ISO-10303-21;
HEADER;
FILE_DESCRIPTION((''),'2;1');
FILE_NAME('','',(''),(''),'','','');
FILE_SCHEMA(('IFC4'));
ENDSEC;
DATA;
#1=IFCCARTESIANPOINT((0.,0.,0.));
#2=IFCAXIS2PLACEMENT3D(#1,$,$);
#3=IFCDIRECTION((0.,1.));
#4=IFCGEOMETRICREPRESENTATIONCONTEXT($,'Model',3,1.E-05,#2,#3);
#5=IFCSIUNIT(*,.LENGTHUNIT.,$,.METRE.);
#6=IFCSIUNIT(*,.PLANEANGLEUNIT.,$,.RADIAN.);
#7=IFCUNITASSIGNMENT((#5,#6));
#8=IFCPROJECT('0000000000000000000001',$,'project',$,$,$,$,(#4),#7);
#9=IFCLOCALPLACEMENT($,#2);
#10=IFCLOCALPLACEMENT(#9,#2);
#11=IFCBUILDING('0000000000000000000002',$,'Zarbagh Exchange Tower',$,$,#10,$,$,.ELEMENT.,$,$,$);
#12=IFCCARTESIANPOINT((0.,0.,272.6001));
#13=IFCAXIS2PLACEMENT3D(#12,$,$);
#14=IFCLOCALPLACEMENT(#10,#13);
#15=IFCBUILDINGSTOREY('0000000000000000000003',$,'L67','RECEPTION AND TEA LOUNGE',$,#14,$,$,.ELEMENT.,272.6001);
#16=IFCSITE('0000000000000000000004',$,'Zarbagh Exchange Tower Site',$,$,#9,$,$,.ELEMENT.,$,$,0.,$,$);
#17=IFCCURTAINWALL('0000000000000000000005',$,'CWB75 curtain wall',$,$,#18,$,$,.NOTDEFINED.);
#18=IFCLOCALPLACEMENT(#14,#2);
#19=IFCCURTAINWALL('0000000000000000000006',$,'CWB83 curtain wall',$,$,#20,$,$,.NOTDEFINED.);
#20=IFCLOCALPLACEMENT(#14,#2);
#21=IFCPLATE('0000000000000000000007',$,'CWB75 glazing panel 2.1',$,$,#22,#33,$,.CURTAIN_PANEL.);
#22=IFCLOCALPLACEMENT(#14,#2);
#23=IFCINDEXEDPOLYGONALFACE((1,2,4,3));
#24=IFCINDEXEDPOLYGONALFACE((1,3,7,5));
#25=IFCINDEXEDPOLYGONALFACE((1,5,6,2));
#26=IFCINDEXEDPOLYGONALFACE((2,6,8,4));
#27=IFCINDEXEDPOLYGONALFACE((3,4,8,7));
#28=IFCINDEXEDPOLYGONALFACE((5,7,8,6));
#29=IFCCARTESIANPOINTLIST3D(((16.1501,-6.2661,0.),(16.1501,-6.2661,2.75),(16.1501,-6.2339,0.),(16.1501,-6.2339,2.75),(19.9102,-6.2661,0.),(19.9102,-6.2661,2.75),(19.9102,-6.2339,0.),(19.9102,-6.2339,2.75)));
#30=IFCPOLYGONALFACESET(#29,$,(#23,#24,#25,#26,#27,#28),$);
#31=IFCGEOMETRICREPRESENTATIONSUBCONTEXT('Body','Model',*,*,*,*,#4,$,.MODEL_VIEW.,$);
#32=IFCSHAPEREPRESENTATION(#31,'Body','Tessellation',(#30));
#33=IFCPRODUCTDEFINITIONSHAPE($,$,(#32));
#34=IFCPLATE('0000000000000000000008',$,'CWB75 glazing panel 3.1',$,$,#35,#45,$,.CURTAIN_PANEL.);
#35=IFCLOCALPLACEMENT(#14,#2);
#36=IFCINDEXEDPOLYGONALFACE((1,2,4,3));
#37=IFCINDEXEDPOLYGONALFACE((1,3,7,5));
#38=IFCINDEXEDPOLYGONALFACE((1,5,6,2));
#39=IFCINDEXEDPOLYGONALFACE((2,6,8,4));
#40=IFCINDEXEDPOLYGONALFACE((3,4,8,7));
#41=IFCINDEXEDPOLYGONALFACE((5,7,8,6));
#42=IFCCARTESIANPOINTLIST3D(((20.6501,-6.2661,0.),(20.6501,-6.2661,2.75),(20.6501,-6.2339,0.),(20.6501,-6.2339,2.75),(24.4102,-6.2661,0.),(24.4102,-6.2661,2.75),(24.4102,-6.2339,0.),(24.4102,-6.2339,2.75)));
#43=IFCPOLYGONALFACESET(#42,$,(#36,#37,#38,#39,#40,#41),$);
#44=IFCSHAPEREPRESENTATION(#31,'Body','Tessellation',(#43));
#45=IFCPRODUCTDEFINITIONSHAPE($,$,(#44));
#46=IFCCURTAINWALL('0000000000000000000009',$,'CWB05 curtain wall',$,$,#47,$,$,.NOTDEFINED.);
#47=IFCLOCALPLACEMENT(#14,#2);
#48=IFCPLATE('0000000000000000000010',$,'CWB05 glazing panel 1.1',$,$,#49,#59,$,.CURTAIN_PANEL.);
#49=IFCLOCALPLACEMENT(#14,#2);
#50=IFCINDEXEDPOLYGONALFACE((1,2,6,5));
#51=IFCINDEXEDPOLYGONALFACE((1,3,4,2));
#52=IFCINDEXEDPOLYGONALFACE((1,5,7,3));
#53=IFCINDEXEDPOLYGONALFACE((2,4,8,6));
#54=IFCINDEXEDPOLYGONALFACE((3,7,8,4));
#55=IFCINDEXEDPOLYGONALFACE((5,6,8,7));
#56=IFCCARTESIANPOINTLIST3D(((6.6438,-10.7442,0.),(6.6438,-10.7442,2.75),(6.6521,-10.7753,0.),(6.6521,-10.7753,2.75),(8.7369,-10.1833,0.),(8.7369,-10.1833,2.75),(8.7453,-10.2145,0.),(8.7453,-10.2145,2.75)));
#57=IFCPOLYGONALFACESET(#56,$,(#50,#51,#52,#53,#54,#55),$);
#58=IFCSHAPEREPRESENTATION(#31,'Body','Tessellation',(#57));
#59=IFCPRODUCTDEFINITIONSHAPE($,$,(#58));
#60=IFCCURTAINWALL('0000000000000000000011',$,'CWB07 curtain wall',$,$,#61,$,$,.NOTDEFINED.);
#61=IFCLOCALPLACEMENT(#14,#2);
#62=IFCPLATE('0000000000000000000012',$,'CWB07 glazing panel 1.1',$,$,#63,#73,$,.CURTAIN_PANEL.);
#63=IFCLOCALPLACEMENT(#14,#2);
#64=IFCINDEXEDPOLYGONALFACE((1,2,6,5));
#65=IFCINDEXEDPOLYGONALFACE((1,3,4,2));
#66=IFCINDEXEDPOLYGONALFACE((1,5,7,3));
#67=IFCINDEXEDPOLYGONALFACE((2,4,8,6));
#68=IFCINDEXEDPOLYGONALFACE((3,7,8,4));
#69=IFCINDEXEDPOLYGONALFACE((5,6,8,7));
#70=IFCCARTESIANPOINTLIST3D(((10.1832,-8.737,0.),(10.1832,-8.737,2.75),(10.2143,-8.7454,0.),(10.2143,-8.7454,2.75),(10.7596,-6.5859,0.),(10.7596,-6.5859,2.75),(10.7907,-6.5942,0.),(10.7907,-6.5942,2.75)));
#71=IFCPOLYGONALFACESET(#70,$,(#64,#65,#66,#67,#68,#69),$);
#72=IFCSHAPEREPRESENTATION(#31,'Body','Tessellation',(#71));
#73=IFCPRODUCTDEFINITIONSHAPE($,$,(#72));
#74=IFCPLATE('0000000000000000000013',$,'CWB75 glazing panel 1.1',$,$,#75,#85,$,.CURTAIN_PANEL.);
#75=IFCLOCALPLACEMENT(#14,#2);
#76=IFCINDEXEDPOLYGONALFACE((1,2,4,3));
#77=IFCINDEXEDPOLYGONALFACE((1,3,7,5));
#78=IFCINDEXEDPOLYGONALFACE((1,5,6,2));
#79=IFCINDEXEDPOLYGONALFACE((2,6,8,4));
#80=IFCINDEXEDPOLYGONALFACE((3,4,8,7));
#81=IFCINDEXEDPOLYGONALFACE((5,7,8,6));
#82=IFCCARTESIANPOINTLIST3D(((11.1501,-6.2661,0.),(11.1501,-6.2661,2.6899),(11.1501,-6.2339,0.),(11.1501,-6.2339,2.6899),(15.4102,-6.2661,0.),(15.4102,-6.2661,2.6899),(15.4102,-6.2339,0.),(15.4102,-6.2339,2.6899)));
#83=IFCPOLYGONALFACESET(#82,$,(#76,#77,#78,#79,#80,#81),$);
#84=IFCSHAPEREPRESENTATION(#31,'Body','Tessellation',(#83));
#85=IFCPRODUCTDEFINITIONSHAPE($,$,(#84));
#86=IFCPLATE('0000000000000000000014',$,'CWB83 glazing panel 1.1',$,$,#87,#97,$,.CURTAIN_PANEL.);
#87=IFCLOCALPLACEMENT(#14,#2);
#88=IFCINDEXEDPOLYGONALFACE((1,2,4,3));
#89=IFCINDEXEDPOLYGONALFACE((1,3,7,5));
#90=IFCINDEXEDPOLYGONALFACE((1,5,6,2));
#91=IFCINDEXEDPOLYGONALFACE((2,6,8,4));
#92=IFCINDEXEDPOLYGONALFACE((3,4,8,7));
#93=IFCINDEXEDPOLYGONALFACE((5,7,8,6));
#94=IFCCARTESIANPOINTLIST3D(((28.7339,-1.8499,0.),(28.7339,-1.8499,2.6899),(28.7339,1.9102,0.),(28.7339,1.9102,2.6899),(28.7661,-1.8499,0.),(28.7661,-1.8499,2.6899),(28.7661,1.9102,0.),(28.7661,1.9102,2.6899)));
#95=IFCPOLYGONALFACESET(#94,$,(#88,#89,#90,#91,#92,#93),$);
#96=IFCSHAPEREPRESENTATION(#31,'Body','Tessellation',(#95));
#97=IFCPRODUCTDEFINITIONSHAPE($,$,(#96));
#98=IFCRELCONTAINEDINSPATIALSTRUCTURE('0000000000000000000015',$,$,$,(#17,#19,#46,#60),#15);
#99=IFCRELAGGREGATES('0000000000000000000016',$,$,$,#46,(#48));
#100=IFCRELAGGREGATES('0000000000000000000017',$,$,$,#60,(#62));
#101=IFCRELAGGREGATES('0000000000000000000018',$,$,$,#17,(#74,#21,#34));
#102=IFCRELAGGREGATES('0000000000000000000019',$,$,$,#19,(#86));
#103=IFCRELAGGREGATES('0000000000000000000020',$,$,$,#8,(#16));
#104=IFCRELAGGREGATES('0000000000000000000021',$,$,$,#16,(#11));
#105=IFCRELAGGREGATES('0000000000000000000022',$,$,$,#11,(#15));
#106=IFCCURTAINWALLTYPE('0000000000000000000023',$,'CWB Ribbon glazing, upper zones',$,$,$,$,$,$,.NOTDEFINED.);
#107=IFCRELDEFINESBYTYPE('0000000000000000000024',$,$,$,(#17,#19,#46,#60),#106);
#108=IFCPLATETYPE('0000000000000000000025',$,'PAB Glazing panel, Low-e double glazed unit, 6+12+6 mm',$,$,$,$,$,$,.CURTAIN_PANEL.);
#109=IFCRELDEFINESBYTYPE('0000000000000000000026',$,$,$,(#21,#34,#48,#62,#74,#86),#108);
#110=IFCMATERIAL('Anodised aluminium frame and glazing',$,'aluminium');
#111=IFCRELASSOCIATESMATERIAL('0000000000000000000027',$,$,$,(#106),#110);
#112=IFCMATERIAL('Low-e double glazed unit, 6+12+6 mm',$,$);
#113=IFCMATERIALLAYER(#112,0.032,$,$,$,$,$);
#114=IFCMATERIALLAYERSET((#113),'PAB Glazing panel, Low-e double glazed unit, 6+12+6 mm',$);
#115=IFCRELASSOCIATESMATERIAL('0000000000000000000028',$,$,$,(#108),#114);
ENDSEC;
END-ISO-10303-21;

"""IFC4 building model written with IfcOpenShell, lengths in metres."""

from ifc_helpers import new_model, si_unit, direction, frame, origin, place, context, subcontext, project, spatial, polyline, outline, extrude, source, transform, mapped, material, layer, layer_set, type_object, element, aggregate, save


model = new_model("IFC4")

# Units and contexts
model_context = context("Model", 3, precision=1e-05, world=origin(), true_north=direction((0.0, 1.0)))
body_context = subcontext(model_context, "Body", "Model", "MODEL_VIEW")
ifc_project = project(units=[si_unit("LENGTHUNIT", "METRE"), si_unit("PLANEANGLEUNIT", "RADIAN")], contexts=[model_context])

# Site, building, storey
site_placement = place(None, origin())
site = spatial("IfcSite", under=ifc_project, at=site_placement, Name="Zarbagh Exchange Tower Site", CompositionType="ELEMENT", RefElevation=0.0)
building_placement = place(site_placement, origin())
building = spatial("IfcBuilding", under=site, at=building_placement, Name="Zarbagh Exchange Tower", CompositionType="ELEMENT")
storey_placement = place(building_placement, frame((0.0, 0.0, 272.6001)))
storey = spatial("IfcBuildingStorey", under=building, at=storey_placement, Name="L67", Description="RECEPTION AND TEA LOUNGE", CompositionType="ELEMENT", Elevation=272.6001)

# Curtain wall
ifc_material_1 = material(Name="Anodised aluminium frame and glazing", Category="aluminium")
curtain_wall_type = type_object("IfcCurtainWallType", Name="CWB Ribbon glazing, upper zones", PredefinedType="NOTDEFINED", material=ifc_material_1)
curtain_wall_1_placement = place(storey_placement, origin())
curtain_wall_1 = element("IfcCurtainWall", 1, at=curtain_wall_1_placement, inside=storey, type_object=curtain_wall_type, Name="CWB75 curtain wall", PredefinedType="NOTDEFINED")
placement = place(storey_placement, origin())

# Curtain wall
curtain_wall_2_placement = place(storey_placement, origin())
curtain_wall_2 = element("IfcCurtainWall", 2, at=curtain_wall_2_placement, inside=storey, type_object=curtain_wall_type, Name="CWB83 curtain wall", PredefinedType="NOTDEFINED")

# Shared definitions
ifc_material_2 = material(Name="Low-e double glazed unit, 6+12+6 mm")
ifc_layer = layer(ifc_material_2, 0.032)
ifc_layer_set = layer_set([ifc_layer], Name="PAB Glazing panel, Low-e double glazed unit, 6+12+6 mm")
plate_type = type_object("IfcPlateType", Name="PAB Glazing panel, Low-e double glazed unit, 6+12+6 mm", PredefinedType="CURTAIN_PANEL", material=ifc_layer_set)

# Plates
shared_shape_1 = source(origin(), body_context, "Body", "SweptSolid", [
    extrude(outline(polyline([(0.0, -0.0161), (3.76, -0.0161), (3.76, 0.0161), (0.0, 0.0161), (0.0, -0.0161)])), origin(), (0.0, 0.0, 1.0), 2.75),
])
plate_1 = element("IfcPlate", 3, at=placement, type_object=plate_type, Name="CWB75 glazing panel 2.1", PredefinedType="CURTAIN_PANEL", context=body_context, shape_type="MappedRepresentation", body=[
    mapped(shared_shape_1, transform((16.1501, -6.25, 0.0), x_axis=(1.0, 0.0, 0.0), y_axis=(0.0, 1.0, 0.0), z_axis=(0.0, 0.0, 1.0))),
])
plate_2 = element("IfcPlate", 4, at=placement, type_object=plate_type, Name="CWB75 glazing panel 3.1", PredefinedType="CURTAIN_PANEL", context=body_context, shape_type="MappedRepresentation", body=[
    mapped(shared_shape_1, transform((20.6501, -6.25, 0.0), x_axis=(1.0, 0.0, 0.0), y_axis=(0.0, 1.0, 0.0), z_axis=(0.0, 0.0, 1.0))),
])

# Curtain walls, plates
curtain_wall_3_placement = place(storey_placement, origin())
curtain_wall_3 = element("IfcCurtainWall", 5, at=curtain_wall_3_placement, inside=storey, type_object=curtain_wall_type, Name="CWB05 curtain wall", PredefinedType="NOTDEFINED")
shared_shape_2 = source(origin(), body_context, "Body", "SweptSolid", [
    extrude(outline(polyline([(0.0, -0.0161), (2.167, -0.0161), (2.167, 0.0161), (0.0, 0.0161), (0.0, -0.0161)])), origin(), (0.0, 0.0, 1.0), 2.75),
])
plate_3 = element("IfcPlate", 6, at=placement, type_object=plate_type, Name="CWB05 glazing panel 1.1", PredefinedType="CURTAIN_PANEL", context=body_context, shape_type="MappedRepresentation", body=[
    mapped(shared_shape_2, transform((6.6479, -10.7598, 0.0), x_axis=(0.965924, 0.258825, 0.0), y_axis=(-0.258825, 0.965924, 0.0), z_axis=(0.0, 0.0, 1.0))),
])
aggregate(curtain_wall_3, [plate_3])
curtain_wall_4_placement = place(storey_placement, origin())
curtain_wall_4 = element("IfcCurtainWall", 7, at=curtain_wall_4_placement, inside=storey, type_object=curtain_wall_type, Name="CWB07 curtain wall", PredefinedType="NOTDEFINED")
shared_shape_3 = source(origin(), body_context, "Body", "SweptSolid", [
    extrude(outline(polyline([(0.0, -0.0161), (2.2271, -0.0161), (2.2271, 0.0161), (0.0, 0.0161), (0.0, -0.0161)])), origin(), (0.0, 0.0, 1.0), 2.75),
])
plate_4 = element("IfcPlate", 8, at=placement, type_object=plate_type, Name="CWB07 glazing panel 1.1", PredefinedType="CURTAIN_PANEL", context=body_context, shape_type="MappedRepresentation", body=[
    mapped(shared_shape_3, transform((10.1987, -8.7412, 0.0), x_axis=(0.258825, 0.965924, 0.0), y_axis=(-0.965924, 0.258825, 0.0), z_axis=(0.0, 0.0, 1.0))),
])
aggregate(curtain_wall_4, [plate_4])

# Plates
shared_shape_4 = source(origin(), body_context, "Body", "SweptSolid", [
    extrude(outline(polyline([(0.0, -0.0161), (4.26, -0.0161), (4.26, 0.0161), (0.0, 0.0161), (0.0, -0.0161)])), origin(), (0.0, 0.0, 1.0), 2.6899),
])
plate_5 = element("IfcPlate", 9, at=placement, type_object=plate_type, Name="CWB75 glazing panel 1.1", PredefinedType="CURTAIN_PANEL", context=body_context, shape_type="MappedRepresentation", body=[
    mapped(shared_shape_4, transform((11.1501, -6.25, 0.0), x_axis=(1.0, 0.0, 0.0), y_axis=(0.0, 1.0, 0.0), z_axis=(0.0, 0.0, 1.0))),
])
aggregate(curtain_wall_1, [plate_5, plate_1, plate_2])
shared_shape_5 = source(origin(), body_context, "Body", "SweptSolid", [
    extrude(outline(polyline([(0.0, -0.0161), (3.76, -0.0161), (3.76, 0.0161), (0.0, 0.0161), (0.0, -0.0161)])), origin(), (0.0, 0.0, 1.0), 2.6899),
])
plate_6 = element("IfcPlate", 10, at=placement, type_object=plate_type, Name="CWB83 glazing panel 1.1", PredefinedType="CURTAIN_PANEL", context=body_context, shape_type="MappedRepresentation", body=[
    mapped(shared_shape_5, transform((28.75, -1.8499, 0.0), x_axis=(0.0, 1.0, 0.0), y_axis=(-1.0, 0.0, 0.0), z_axis=(0.0, 0.0, 1.0))),
])
aggregate(curtain_wall_2, [plate_6])

save(model, "model.ifc")
